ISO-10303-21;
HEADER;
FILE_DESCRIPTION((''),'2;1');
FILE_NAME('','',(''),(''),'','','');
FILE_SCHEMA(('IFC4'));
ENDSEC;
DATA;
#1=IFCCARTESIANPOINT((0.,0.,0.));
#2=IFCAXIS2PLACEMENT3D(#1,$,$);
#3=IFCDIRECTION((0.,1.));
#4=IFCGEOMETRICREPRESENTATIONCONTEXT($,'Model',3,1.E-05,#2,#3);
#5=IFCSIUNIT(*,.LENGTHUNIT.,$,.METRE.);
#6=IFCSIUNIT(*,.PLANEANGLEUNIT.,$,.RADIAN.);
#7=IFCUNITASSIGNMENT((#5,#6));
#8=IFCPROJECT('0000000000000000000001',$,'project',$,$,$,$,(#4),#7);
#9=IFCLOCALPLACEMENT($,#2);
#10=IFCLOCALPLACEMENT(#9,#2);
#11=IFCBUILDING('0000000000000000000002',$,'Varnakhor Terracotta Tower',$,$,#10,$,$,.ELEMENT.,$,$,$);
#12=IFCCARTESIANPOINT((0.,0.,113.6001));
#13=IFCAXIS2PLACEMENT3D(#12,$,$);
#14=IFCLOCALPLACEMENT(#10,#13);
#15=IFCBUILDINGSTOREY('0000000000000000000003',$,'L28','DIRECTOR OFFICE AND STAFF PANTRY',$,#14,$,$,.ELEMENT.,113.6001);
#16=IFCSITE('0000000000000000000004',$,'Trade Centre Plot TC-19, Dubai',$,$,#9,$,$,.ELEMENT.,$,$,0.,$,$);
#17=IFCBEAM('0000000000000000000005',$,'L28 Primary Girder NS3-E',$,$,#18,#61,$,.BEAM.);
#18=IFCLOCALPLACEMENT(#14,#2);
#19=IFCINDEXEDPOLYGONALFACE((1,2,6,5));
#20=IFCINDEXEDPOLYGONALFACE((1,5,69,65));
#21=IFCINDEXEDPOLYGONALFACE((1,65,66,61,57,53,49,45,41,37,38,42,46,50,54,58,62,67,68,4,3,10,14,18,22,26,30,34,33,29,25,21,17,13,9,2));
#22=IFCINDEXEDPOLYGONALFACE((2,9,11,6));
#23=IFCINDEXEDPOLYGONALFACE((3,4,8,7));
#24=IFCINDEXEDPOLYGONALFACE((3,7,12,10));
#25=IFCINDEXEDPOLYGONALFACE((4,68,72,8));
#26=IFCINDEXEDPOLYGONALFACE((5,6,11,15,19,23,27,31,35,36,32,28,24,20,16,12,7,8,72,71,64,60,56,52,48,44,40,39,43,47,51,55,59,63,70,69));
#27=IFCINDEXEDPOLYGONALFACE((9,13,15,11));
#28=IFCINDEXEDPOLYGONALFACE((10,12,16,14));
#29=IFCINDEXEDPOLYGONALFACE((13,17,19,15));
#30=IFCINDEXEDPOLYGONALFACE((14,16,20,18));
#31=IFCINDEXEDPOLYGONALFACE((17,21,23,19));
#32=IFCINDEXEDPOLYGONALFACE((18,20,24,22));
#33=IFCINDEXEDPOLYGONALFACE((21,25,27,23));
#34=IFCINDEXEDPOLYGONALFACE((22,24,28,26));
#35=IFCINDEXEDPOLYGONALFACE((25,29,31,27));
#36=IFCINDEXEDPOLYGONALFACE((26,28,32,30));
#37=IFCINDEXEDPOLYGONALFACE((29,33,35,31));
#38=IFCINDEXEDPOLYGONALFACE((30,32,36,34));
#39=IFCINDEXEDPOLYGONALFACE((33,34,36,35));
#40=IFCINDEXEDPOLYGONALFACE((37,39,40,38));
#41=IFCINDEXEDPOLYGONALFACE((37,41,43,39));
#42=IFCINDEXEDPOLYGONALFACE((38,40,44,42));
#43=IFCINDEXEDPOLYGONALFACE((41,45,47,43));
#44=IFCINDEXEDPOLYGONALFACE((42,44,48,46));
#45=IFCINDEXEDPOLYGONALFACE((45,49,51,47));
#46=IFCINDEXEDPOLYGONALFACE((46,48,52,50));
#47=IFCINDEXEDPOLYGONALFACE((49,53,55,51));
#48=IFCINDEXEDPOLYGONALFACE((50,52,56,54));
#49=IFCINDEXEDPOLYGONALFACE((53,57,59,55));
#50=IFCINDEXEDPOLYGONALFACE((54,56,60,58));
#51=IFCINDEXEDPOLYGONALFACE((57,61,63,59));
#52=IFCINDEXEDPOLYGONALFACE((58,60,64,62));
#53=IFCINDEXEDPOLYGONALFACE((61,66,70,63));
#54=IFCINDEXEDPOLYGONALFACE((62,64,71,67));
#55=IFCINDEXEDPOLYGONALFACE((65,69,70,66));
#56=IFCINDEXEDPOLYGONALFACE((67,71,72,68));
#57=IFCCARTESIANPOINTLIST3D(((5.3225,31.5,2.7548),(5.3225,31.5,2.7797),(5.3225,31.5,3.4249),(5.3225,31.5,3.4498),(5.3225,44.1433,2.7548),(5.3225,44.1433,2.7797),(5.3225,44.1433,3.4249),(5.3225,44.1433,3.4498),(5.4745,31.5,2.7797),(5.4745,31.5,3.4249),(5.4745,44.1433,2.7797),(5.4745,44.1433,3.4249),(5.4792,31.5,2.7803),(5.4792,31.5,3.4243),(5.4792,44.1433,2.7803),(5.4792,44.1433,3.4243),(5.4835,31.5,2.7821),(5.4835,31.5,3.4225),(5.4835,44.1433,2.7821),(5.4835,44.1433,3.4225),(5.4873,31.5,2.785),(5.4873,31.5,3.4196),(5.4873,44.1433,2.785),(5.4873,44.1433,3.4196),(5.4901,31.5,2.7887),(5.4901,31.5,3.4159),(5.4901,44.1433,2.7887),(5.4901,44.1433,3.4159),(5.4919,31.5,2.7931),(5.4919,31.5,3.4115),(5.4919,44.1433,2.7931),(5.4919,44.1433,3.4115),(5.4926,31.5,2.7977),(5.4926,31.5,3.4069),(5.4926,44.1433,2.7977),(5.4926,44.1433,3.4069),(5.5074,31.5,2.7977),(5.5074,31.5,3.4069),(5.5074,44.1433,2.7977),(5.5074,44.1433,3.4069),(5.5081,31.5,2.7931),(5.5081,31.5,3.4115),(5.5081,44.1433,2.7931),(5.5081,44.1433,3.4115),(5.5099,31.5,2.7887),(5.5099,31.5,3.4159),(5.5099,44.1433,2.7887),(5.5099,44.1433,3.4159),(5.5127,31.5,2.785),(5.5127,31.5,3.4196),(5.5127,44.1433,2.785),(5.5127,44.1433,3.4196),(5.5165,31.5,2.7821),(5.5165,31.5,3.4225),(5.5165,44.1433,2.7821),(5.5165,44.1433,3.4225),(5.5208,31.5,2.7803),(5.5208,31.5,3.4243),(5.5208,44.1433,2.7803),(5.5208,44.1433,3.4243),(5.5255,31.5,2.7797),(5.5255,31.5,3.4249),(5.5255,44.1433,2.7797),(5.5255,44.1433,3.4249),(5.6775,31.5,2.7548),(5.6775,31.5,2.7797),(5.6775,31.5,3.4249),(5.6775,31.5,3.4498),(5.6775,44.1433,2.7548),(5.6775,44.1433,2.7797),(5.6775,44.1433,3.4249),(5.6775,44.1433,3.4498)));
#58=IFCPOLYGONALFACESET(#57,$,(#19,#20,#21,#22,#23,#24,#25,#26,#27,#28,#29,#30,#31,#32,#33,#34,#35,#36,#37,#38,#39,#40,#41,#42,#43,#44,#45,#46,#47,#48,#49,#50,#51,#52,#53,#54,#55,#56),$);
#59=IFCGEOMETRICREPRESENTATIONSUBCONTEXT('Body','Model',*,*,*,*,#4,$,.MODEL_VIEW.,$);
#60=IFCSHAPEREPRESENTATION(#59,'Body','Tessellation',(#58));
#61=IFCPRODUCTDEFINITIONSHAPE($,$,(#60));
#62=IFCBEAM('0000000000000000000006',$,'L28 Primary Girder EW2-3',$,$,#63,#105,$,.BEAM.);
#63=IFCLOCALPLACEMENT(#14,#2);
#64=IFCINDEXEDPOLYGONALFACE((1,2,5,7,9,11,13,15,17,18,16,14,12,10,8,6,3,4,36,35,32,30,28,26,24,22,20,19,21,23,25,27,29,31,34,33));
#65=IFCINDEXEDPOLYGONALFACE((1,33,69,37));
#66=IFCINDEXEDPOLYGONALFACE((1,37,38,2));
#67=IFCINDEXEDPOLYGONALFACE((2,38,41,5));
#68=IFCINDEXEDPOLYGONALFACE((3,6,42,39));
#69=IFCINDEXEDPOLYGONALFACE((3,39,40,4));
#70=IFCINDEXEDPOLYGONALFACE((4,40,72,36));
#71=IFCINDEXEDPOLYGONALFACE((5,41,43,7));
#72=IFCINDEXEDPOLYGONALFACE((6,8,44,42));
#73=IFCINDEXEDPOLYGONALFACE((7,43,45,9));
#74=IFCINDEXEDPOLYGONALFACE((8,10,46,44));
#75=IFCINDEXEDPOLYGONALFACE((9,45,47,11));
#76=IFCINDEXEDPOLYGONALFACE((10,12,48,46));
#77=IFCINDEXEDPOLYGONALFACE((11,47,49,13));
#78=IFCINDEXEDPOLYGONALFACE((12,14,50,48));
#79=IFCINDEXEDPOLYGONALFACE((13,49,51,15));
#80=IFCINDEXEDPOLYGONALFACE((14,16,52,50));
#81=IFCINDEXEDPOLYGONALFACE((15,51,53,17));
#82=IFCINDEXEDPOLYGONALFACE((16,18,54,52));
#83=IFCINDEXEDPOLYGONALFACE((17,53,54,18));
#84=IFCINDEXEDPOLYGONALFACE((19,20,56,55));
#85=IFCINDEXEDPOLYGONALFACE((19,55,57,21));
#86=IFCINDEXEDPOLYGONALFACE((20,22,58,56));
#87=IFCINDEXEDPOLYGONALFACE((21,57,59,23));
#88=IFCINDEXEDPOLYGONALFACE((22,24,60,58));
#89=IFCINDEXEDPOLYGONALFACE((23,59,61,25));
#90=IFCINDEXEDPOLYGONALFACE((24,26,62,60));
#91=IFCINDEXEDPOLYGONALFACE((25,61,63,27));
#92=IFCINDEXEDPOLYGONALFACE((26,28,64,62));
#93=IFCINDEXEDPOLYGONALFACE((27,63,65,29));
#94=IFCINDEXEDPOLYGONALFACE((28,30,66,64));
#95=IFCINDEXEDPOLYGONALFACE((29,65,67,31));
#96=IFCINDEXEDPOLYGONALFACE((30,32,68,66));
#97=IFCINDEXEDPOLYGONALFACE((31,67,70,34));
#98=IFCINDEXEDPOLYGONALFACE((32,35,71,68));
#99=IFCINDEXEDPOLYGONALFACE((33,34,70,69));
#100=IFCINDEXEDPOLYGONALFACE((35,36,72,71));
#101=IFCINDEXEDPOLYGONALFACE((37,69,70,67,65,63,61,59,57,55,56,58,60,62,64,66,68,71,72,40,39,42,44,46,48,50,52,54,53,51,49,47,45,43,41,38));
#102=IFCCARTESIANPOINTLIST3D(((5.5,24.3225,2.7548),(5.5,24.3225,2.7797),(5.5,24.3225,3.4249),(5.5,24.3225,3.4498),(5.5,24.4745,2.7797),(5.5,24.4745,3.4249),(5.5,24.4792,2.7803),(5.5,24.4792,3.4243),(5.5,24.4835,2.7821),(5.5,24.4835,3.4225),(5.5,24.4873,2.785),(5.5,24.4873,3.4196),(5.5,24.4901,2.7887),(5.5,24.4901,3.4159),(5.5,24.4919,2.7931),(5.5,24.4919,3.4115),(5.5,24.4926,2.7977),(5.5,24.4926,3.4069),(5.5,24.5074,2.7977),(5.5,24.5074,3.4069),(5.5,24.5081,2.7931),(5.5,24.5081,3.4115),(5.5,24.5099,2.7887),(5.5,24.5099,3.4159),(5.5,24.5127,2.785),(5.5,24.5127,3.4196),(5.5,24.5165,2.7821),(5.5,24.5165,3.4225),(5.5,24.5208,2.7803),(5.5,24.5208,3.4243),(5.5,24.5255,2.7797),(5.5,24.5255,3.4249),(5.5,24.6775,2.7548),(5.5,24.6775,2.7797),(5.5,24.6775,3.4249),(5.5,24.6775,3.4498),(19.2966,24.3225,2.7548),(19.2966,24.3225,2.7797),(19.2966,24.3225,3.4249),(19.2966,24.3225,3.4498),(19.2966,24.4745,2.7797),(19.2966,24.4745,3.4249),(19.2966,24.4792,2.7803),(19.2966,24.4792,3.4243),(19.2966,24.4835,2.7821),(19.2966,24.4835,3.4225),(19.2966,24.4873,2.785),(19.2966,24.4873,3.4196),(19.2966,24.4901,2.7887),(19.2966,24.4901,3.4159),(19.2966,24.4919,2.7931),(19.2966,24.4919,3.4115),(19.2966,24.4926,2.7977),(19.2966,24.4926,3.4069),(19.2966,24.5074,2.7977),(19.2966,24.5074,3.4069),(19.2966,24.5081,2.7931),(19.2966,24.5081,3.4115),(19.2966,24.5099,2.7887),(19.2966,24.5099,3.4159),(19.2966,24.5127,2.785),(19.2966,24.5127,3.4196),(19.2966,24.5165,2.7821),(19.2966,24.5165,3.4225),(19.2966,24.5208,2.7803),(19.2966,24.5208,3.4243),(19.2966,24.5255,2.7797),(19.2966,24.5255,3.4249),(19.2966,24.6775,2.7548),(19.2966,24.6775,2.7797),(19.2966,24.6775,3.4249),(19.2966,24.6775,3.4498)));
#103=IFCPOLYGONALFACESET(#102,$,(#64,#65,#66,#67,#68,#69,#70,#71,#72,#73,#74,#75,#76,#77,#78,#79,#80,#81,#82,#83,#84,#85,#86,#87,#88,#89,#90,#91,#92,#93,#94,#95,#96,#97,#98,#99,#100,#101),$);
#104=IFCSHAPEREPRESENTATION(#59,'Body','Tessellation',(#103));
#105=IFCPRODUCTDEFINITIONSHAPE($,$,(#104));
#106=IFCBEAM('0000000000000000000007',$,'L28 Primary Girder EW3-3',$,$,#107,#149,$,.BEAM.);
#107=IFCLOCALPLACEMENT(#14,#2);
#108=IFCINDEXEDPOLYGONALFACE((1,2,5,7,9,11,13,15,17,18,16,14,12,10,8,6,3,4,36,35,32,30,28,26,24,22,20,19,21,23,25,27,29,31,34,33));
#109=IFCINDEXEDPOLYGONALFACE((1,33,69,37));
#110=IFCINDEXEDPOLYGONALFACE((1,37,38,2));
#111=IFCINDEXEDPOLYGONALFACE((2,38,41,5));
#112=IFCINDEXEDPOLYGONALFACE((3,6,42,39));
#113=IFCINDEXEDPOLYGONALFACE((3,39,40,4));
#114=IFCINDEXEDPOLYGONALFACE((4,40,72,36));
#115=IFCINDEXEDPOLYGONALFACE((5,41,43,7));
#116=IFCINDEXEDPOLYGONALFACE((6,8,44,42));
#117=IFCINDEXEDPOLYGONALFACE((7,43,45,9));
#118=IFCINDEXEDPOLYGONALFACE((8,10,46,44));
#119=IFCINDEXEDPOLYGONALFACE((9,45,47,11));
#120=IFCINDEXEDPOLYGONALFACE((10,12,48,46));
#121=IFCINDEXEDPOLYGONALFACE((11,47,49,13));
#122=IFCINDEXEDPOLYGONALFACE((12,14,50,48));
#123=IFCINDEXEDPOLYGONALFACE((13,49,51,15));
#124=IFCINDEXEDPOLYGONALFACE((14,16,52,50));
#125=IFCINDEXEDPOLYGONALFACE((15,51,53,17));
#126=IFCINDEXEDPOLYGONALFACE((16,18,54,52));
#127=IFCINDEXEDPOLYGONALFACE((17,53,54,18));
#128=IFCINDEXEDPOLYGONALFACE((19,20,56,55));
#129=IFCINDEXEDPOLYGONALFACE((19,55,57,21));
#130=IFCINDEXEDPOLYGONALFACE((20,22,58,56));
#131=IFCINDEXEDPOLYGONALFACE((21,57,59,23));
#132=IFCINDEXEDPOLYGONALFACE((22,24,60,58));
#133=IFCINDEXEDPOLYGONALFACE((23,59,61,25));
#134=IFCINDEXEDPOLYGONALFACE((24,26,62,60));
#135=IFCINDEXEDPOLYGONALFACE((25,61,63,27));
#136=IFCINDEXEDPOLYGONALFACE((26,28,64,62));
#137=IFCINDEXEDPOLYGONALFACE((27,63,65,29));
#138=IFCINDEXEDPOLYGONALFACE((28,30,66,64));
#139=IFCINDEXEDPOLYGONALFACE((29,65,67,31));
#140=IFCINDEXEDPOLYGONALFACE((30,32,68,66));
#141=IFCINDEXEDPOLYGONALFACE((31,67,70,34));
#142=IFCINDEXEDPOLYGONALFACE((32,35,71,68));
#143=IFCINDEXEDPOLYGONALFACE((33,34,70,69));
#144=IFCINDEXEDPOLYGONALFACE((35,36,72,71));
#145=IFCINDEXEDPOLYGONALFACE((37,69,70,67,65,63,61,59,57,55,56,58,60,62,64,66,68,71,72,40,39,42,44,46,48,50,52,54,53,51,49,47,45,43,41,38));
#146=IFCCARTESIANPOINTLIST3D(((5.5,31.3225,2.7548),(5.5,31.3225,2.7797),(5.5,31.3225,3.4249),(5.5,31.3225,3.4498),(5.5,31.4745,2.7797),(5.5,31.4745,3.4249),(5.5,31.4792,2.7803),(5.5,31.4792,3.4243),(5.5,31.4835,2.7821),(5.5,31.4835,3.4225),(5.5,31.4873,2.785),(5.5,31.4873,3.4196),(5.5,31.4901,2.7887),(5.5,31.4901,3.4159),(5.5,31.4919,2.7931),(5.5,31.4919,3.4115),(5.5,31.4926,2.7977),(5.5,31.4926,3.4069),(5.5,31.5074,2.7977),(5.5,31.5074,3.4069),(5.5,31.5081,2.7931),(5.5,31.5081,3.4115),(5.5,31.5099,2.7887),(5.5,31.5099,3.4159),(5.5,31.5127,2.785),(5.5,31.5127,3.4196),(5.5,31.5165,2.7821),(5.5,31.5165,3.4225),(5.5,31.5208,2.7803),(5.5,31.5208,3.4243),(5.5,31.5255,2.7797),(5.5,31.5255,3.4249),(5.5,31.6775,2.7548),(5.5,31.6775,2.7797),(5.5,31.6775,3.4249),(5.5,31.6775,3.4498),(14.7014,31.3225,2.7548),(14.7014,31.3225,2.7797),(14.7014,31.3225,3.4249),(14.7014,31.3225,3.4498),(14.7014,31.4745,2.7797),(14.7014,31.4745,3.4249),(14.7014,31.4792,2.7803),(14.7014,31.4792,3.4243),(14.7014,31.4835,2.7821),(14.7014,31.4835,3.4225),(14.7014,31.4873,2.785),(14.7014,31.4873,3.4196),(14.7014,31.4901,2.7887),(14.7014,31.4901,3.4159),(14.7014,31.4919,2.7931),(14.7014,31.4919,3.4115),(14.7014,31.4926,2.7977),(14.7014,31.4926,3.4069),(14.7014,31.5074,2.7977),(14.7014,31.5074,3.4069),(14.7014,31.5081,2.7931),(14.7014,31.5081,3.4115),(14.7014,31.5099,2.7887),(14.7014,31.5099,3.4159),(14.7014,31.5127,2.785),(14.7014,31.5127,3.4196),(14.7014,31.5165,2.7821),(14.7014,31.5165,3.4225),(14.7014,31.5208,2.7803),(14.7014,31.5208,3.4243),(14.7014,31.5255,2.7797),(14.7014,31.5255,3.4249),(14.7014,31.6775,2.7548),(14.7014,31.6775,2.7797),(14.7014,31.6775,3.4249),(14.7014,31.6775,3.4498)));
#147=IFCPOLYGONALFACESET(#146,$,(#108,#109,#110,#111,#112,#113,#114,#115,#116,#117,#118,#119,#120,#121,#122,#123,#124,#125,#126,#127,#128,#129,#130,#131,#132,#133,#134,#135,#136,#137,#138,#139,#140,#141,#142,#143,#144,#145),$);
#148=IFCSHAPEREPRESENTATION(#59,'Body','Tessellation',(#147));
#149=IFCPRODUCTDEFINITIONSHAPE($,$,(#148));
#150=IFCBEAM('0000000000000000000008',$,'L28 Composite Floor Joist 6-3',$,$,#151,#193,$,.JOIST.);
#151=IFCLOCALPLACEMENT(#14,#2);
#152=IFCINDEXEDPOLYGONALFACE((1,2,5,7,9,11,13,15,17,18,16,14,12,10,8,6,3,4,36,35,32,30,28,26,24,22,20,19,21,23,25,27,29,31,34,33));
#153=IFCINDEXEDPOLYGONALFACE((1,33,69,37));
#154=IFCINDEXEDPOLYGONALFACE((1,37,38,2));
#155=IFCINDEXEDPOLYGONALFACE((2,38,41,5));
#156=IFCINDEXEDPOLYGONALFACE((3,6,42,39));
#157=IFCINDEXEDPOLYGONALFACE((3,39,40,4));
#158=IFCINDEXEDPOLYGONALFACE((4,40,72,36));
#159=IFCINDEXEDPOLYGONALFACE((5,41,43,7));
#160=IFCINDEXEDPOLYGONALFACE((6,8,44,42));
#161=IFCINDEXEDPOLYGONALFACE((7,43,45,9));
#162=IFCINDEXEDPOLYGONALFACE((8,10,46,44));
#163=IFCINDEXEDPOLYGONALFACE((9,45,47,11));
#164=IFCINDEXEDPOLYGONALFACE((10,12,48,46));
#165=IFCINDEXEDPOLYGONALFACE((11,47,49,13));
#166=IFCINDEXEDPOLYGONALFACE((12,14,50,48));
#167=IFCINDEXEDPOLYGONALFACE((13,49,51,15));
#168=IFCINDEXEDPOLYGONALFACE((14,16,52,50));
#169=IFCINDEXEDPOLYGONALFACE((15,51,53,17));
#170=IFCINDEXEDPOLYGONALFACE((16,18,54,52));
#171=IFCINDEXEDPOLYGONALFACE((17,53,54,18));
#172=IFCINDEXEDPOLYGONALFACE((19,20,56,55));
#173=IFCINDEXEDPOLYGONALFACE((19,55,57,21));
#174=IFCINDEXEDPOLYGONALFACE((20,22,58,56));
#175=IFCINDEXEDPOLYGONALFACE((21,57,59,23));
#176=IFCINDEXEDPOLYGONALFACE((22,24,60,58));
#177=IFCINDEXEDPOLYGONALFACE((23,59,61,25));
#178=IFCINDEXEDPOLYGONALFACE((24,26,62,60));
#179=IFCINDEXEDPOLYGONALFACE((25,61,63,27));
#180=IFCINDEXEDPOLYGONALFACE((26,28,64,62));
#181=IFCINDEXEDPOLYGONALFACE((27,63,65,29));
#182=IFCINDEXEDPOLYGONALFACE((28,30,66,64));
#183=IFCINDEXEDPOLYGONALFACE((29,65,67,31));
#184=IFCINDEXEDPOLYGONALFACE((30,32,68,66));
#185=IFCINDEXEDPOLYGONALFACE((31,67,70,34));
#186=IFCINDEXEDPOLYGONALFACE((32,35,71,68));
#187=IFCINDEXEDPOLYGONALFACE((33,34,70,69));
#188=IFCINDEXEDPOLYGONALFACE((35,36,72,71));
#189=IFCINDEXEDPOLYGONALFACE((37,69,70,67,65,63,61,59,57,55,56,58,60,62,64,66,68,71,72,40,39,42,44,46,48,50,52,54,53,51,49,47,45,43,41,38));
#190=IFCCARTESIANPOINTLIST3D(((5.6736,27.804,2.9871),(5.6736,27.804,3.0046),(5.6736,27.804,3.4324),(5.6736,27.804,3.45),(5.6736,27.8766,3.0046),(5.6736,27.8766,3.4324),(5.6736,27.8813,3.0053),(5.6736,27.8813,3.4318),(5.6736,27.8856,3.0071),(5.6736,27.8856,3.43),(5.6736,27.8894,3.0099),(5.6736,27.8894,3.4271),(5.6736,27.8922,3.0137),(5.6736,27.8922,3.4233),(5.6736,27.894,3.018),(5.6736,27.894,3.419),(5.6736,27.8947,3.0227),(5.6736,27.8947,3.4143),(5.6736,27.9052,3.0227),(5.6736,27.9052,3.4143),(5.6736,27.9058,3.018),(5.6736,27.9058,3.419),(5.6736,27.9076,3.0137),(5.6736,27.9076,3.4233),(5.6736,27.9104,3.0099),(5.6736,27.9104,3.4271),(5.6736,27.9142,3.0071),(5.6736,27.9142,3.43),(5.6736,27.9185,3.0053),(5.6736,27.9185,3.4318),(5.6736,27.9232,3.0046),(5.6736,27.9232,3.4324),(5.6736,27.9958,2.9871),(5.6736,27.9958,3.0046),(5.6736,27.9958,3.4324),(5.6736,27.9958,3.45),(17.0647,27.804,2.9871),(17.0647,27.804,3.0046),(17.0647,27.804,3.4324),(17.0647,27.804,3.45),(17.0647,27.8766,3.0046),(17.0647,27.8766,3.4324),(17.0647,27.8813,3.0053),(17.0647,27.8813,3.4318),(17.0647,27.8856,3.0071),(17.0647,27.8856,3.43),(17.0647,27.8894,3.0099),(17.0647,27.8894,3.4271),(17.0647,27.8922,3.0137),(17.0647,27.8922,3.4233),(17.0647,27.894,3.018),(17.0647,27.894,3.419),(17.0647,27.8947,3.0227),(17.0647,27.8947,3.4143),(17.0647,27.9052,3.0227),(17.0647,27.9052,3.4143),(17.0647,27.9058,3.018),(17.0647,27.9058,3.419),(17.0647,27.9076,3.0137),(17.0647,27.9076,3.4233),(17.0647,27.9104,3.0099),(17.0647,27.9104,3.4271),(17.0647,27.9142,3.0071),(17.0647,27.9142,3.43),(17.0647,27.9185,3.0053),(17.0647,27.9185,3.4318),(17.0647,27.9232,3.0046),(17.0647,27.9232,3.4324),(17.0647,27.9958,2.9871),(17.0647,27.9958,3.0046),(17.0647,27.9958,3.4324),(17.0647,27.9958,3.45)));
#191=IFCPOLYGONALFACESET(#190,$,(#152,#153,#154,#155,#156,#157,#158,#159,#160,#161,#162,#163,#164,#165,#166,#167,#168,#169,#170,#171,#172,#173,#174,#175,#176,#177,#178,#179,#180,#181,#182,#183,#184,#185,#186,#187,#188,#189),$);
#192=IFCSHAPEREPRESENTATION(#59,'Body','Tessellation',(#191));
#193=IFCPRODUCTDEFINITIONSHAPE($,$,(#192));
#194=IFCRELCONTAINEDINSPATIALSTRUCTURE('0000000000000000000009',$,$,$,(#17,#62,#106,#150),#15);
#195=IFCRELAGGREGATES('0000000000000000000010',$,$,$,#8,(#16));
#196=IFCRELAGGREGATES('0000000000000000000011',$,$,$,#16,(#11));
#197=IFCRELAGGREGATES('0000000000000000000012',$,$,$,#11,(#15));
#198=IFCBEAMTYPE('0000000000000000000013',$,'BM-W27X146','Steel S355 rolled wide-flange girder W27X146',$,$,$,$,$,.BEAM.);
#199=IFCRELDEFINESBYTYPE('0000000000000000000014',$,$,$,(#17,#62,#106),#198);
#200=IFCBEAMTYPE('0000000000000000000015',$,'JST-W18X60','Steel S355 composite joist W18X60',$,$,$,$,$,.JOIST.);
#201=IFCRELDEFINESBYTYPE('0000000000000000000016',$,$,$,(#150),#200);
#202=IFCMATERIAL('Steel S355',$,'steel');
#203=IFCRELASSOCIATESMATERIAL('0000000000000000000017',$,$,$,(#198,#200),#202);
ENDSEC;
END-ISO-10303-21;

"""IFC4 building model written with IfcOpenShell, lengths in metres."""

from ifc_helpers import new_model, si_unit, direction, frame, origin, origin_2d, place, context, subcontext, project, spatial, i_section, extrude, source, transform, mapped, material, material_profile, profile_set, type_object, element, save


model = new_model("IFC4")

# Units and contexts
model_context = context("Model", 3, precision=1e-05, world=origin(), true_north=direction((0.0, 1.0)))
body_context = subcontext(model_context, "Body", "Model", "MODEL_VIEW")
ifc_project = project(units=[si_unit("LENGTHUNIT", "METRE"), si_unit("PLANEANGLEUNIT", "RADIAN")], contexts=[model_context])

# Site, building, storey
site_placement = place(None, origin())
site = spatial("IfcSite", under=ifc_project, at=site_placement, Name="Trade Centre Plot TC-19, Dubai", CompositionType="ELEMENT", RefElevation=0.0)
building_placement = place(site_placement, origin())
building = spatial("IfcBuilding", under=site, at=building_placement, Name="Varnakhor Terracotta Tower", CompositionType="ELEMENT")
storey_placement = place(building_placement, frame((0.0, 0.0, 113.6001)))
storey = spatial("IfcBuildingStorey", under=building, at=storey_placement, Name="L28", Description="DIRECTOR OFFICE AND STAFF PANTRY", CompositionType="ELEMENT", Elevation=113.6001)

# Beams
ifc_material_1 = material(Name="Steel S355", Category="steel")
ifc_material_profile_1 = material_profile(ifc_material_1, i_section(OverallWidth=0.355, OverallDepth=0.6951, WebThickness=0.0149, FlangeThickness=0.0249, FilletRadius=0.0181, at=origin_2d()), Name="W27X146")
ifc_profile_set_1 = profile_set([ifc_material_profile_1], Name="Steel S355")
beam_type_1 = type_object("IfcBeamType", Name="BM-W27X146", Description="Steel S355 rolled wide-flange girder W27X146", PredefinedType="BEAM", material=ifc_profile_set_1)
shared_shape_1 = source(origin(), body_context, "Body", "SweptSolid", [
    extrude(i_section(OverallWidth=0.355, OverallDepth=0.6951, WebThickness=0.0149, FlangeThickness=0.0249, FilletRadius=0.0181, at=origin_2d()), origin(), (0.0, 0.0, 1.0), 12.6433),
])
beam_1_placement = place(storey_placement, frame((5.5, 31.5, 3.1023), z_axis=(0.0, 1.0, 0.0), x_axis=(-1.0, 0.0, 0.0)))
element("IfcBeam", 1, at=beam_1_placement, inside=storey, type_object=beam_type_1, Name="L28 Primary Girder NS3-E", PredefinedType="BEAM", context=body_context, shape_type="MappedRepresentation", body=[
    mapped(shared_shape_1, transform((0.0, 0.0, 0.0), scale=1.0)),
])
shared_shape_2 = source(origin(), body_context, "Body", "SweptSolid", [
    extrude(i_section(OverallWidth=0.355, OverallDepth=0.6951, WebThickness=0.0149, FlangeThickness=0.0249, FilletRadius=0.0181, at=origin_2d()), origin(), (0.0, 0.0, 1.0), 13.7966),
])
beam_2_placement = place(storey_placement, frame((5.5, 24.5, 3.1023), z_axis=(1.0, 0.0, 0.0), x_axis=(0.0, 1.0, 0.0)))
element("IfcBeam", 2, at=beam_2_placement, inside=storey, type_object=beam_type_1, Name="L28 Primary Girder EW2-3", PredefinedType="BEAM", context=body_context, shape_type="MappedRepresentation", body=[
    mapped(shared_shape_2, transform((0.0, 0.0, 0.0), scale=1.0)),
])
shared_shape_3 = source(origin(), body_context, "Body", "SweptSolid", [
    extrude(i_section(OverallWidth=0.355, OverallDepth=0.6951, WebThickness=0.0149, FlangeThickness=0.0249, FilletRadius=0.0181, at=origin_2d()), origin(), (0.0, 0.0, 1.0), 9.2014),
])
beam_3_placement = place(storey_placement, frame((5.5, 31.5, 3.1023), z_axis=(1.0, 0.0, 0.0), x_axis=(0.0, 1.0, 0.0)))
element("IfcBeam", 3, at=beam_3_placement, inside=storey, type_object=beam_type_1, Name="L28 Primary Girder EW3-3", PredefinedType="BEAM", context=body_context, shape_type="MappedRepresentation", body=[
    mapped(shared_shape_3, transform((0.0, 0.0, 0.0), scale=1.0)),
])
ifc_material_profile_2 = material_profile(ifc_material_1, i_section(OverallWidth=0.1919, OverallDepth=0.4629, WebThickness=0.0105, FlangeThickness=0.0176, FilletRadius=0.0181, at=origin_2d()), Name="W18X60")
ifc_profile_set_2 = profile_set([ifc_material_profile_2], Name="Steel S355")
beam_type_2 = type_object("IfcBeamType", Name="JST-W18X60", Description="Steel S355 composite joist W18X60", PredefinedType="JOIST", material=ifc_profile_set_2)
shared_shape_4 = source(origin(), body_context, "Body", "SweptSolid", [
    extrude(i_section(OverallWidth=0.1919, OverallDepth=0.4629, WebThickness=0.0105, FlangeThickness=0.0176, FilletRadius=0.0181, at=origin_2d()), origin(), (0.0, 0.0, 1.0), 11.3911),
])
beam_4_placement = place(storey_placement, frame((5.6736, 27.8999, 3.2185), z_axis=(1.0, 0.0, 0.0), x_axis=(0.0, 1.0, 0.0)))
element("IfcBeam", 4, at=beam_4_placement, inside=storey, type_object=beam_type_2, Name="L28 Composite Floor Joist 6-3", PredefinedType="JOIST", context=body_context, shape_type="MappedRepresentation", body=[
    mapped(shared_shape_4, transform((0.0, 0.0, 0.0), scale=1.0)),
])

save(model, "model.ifc")
